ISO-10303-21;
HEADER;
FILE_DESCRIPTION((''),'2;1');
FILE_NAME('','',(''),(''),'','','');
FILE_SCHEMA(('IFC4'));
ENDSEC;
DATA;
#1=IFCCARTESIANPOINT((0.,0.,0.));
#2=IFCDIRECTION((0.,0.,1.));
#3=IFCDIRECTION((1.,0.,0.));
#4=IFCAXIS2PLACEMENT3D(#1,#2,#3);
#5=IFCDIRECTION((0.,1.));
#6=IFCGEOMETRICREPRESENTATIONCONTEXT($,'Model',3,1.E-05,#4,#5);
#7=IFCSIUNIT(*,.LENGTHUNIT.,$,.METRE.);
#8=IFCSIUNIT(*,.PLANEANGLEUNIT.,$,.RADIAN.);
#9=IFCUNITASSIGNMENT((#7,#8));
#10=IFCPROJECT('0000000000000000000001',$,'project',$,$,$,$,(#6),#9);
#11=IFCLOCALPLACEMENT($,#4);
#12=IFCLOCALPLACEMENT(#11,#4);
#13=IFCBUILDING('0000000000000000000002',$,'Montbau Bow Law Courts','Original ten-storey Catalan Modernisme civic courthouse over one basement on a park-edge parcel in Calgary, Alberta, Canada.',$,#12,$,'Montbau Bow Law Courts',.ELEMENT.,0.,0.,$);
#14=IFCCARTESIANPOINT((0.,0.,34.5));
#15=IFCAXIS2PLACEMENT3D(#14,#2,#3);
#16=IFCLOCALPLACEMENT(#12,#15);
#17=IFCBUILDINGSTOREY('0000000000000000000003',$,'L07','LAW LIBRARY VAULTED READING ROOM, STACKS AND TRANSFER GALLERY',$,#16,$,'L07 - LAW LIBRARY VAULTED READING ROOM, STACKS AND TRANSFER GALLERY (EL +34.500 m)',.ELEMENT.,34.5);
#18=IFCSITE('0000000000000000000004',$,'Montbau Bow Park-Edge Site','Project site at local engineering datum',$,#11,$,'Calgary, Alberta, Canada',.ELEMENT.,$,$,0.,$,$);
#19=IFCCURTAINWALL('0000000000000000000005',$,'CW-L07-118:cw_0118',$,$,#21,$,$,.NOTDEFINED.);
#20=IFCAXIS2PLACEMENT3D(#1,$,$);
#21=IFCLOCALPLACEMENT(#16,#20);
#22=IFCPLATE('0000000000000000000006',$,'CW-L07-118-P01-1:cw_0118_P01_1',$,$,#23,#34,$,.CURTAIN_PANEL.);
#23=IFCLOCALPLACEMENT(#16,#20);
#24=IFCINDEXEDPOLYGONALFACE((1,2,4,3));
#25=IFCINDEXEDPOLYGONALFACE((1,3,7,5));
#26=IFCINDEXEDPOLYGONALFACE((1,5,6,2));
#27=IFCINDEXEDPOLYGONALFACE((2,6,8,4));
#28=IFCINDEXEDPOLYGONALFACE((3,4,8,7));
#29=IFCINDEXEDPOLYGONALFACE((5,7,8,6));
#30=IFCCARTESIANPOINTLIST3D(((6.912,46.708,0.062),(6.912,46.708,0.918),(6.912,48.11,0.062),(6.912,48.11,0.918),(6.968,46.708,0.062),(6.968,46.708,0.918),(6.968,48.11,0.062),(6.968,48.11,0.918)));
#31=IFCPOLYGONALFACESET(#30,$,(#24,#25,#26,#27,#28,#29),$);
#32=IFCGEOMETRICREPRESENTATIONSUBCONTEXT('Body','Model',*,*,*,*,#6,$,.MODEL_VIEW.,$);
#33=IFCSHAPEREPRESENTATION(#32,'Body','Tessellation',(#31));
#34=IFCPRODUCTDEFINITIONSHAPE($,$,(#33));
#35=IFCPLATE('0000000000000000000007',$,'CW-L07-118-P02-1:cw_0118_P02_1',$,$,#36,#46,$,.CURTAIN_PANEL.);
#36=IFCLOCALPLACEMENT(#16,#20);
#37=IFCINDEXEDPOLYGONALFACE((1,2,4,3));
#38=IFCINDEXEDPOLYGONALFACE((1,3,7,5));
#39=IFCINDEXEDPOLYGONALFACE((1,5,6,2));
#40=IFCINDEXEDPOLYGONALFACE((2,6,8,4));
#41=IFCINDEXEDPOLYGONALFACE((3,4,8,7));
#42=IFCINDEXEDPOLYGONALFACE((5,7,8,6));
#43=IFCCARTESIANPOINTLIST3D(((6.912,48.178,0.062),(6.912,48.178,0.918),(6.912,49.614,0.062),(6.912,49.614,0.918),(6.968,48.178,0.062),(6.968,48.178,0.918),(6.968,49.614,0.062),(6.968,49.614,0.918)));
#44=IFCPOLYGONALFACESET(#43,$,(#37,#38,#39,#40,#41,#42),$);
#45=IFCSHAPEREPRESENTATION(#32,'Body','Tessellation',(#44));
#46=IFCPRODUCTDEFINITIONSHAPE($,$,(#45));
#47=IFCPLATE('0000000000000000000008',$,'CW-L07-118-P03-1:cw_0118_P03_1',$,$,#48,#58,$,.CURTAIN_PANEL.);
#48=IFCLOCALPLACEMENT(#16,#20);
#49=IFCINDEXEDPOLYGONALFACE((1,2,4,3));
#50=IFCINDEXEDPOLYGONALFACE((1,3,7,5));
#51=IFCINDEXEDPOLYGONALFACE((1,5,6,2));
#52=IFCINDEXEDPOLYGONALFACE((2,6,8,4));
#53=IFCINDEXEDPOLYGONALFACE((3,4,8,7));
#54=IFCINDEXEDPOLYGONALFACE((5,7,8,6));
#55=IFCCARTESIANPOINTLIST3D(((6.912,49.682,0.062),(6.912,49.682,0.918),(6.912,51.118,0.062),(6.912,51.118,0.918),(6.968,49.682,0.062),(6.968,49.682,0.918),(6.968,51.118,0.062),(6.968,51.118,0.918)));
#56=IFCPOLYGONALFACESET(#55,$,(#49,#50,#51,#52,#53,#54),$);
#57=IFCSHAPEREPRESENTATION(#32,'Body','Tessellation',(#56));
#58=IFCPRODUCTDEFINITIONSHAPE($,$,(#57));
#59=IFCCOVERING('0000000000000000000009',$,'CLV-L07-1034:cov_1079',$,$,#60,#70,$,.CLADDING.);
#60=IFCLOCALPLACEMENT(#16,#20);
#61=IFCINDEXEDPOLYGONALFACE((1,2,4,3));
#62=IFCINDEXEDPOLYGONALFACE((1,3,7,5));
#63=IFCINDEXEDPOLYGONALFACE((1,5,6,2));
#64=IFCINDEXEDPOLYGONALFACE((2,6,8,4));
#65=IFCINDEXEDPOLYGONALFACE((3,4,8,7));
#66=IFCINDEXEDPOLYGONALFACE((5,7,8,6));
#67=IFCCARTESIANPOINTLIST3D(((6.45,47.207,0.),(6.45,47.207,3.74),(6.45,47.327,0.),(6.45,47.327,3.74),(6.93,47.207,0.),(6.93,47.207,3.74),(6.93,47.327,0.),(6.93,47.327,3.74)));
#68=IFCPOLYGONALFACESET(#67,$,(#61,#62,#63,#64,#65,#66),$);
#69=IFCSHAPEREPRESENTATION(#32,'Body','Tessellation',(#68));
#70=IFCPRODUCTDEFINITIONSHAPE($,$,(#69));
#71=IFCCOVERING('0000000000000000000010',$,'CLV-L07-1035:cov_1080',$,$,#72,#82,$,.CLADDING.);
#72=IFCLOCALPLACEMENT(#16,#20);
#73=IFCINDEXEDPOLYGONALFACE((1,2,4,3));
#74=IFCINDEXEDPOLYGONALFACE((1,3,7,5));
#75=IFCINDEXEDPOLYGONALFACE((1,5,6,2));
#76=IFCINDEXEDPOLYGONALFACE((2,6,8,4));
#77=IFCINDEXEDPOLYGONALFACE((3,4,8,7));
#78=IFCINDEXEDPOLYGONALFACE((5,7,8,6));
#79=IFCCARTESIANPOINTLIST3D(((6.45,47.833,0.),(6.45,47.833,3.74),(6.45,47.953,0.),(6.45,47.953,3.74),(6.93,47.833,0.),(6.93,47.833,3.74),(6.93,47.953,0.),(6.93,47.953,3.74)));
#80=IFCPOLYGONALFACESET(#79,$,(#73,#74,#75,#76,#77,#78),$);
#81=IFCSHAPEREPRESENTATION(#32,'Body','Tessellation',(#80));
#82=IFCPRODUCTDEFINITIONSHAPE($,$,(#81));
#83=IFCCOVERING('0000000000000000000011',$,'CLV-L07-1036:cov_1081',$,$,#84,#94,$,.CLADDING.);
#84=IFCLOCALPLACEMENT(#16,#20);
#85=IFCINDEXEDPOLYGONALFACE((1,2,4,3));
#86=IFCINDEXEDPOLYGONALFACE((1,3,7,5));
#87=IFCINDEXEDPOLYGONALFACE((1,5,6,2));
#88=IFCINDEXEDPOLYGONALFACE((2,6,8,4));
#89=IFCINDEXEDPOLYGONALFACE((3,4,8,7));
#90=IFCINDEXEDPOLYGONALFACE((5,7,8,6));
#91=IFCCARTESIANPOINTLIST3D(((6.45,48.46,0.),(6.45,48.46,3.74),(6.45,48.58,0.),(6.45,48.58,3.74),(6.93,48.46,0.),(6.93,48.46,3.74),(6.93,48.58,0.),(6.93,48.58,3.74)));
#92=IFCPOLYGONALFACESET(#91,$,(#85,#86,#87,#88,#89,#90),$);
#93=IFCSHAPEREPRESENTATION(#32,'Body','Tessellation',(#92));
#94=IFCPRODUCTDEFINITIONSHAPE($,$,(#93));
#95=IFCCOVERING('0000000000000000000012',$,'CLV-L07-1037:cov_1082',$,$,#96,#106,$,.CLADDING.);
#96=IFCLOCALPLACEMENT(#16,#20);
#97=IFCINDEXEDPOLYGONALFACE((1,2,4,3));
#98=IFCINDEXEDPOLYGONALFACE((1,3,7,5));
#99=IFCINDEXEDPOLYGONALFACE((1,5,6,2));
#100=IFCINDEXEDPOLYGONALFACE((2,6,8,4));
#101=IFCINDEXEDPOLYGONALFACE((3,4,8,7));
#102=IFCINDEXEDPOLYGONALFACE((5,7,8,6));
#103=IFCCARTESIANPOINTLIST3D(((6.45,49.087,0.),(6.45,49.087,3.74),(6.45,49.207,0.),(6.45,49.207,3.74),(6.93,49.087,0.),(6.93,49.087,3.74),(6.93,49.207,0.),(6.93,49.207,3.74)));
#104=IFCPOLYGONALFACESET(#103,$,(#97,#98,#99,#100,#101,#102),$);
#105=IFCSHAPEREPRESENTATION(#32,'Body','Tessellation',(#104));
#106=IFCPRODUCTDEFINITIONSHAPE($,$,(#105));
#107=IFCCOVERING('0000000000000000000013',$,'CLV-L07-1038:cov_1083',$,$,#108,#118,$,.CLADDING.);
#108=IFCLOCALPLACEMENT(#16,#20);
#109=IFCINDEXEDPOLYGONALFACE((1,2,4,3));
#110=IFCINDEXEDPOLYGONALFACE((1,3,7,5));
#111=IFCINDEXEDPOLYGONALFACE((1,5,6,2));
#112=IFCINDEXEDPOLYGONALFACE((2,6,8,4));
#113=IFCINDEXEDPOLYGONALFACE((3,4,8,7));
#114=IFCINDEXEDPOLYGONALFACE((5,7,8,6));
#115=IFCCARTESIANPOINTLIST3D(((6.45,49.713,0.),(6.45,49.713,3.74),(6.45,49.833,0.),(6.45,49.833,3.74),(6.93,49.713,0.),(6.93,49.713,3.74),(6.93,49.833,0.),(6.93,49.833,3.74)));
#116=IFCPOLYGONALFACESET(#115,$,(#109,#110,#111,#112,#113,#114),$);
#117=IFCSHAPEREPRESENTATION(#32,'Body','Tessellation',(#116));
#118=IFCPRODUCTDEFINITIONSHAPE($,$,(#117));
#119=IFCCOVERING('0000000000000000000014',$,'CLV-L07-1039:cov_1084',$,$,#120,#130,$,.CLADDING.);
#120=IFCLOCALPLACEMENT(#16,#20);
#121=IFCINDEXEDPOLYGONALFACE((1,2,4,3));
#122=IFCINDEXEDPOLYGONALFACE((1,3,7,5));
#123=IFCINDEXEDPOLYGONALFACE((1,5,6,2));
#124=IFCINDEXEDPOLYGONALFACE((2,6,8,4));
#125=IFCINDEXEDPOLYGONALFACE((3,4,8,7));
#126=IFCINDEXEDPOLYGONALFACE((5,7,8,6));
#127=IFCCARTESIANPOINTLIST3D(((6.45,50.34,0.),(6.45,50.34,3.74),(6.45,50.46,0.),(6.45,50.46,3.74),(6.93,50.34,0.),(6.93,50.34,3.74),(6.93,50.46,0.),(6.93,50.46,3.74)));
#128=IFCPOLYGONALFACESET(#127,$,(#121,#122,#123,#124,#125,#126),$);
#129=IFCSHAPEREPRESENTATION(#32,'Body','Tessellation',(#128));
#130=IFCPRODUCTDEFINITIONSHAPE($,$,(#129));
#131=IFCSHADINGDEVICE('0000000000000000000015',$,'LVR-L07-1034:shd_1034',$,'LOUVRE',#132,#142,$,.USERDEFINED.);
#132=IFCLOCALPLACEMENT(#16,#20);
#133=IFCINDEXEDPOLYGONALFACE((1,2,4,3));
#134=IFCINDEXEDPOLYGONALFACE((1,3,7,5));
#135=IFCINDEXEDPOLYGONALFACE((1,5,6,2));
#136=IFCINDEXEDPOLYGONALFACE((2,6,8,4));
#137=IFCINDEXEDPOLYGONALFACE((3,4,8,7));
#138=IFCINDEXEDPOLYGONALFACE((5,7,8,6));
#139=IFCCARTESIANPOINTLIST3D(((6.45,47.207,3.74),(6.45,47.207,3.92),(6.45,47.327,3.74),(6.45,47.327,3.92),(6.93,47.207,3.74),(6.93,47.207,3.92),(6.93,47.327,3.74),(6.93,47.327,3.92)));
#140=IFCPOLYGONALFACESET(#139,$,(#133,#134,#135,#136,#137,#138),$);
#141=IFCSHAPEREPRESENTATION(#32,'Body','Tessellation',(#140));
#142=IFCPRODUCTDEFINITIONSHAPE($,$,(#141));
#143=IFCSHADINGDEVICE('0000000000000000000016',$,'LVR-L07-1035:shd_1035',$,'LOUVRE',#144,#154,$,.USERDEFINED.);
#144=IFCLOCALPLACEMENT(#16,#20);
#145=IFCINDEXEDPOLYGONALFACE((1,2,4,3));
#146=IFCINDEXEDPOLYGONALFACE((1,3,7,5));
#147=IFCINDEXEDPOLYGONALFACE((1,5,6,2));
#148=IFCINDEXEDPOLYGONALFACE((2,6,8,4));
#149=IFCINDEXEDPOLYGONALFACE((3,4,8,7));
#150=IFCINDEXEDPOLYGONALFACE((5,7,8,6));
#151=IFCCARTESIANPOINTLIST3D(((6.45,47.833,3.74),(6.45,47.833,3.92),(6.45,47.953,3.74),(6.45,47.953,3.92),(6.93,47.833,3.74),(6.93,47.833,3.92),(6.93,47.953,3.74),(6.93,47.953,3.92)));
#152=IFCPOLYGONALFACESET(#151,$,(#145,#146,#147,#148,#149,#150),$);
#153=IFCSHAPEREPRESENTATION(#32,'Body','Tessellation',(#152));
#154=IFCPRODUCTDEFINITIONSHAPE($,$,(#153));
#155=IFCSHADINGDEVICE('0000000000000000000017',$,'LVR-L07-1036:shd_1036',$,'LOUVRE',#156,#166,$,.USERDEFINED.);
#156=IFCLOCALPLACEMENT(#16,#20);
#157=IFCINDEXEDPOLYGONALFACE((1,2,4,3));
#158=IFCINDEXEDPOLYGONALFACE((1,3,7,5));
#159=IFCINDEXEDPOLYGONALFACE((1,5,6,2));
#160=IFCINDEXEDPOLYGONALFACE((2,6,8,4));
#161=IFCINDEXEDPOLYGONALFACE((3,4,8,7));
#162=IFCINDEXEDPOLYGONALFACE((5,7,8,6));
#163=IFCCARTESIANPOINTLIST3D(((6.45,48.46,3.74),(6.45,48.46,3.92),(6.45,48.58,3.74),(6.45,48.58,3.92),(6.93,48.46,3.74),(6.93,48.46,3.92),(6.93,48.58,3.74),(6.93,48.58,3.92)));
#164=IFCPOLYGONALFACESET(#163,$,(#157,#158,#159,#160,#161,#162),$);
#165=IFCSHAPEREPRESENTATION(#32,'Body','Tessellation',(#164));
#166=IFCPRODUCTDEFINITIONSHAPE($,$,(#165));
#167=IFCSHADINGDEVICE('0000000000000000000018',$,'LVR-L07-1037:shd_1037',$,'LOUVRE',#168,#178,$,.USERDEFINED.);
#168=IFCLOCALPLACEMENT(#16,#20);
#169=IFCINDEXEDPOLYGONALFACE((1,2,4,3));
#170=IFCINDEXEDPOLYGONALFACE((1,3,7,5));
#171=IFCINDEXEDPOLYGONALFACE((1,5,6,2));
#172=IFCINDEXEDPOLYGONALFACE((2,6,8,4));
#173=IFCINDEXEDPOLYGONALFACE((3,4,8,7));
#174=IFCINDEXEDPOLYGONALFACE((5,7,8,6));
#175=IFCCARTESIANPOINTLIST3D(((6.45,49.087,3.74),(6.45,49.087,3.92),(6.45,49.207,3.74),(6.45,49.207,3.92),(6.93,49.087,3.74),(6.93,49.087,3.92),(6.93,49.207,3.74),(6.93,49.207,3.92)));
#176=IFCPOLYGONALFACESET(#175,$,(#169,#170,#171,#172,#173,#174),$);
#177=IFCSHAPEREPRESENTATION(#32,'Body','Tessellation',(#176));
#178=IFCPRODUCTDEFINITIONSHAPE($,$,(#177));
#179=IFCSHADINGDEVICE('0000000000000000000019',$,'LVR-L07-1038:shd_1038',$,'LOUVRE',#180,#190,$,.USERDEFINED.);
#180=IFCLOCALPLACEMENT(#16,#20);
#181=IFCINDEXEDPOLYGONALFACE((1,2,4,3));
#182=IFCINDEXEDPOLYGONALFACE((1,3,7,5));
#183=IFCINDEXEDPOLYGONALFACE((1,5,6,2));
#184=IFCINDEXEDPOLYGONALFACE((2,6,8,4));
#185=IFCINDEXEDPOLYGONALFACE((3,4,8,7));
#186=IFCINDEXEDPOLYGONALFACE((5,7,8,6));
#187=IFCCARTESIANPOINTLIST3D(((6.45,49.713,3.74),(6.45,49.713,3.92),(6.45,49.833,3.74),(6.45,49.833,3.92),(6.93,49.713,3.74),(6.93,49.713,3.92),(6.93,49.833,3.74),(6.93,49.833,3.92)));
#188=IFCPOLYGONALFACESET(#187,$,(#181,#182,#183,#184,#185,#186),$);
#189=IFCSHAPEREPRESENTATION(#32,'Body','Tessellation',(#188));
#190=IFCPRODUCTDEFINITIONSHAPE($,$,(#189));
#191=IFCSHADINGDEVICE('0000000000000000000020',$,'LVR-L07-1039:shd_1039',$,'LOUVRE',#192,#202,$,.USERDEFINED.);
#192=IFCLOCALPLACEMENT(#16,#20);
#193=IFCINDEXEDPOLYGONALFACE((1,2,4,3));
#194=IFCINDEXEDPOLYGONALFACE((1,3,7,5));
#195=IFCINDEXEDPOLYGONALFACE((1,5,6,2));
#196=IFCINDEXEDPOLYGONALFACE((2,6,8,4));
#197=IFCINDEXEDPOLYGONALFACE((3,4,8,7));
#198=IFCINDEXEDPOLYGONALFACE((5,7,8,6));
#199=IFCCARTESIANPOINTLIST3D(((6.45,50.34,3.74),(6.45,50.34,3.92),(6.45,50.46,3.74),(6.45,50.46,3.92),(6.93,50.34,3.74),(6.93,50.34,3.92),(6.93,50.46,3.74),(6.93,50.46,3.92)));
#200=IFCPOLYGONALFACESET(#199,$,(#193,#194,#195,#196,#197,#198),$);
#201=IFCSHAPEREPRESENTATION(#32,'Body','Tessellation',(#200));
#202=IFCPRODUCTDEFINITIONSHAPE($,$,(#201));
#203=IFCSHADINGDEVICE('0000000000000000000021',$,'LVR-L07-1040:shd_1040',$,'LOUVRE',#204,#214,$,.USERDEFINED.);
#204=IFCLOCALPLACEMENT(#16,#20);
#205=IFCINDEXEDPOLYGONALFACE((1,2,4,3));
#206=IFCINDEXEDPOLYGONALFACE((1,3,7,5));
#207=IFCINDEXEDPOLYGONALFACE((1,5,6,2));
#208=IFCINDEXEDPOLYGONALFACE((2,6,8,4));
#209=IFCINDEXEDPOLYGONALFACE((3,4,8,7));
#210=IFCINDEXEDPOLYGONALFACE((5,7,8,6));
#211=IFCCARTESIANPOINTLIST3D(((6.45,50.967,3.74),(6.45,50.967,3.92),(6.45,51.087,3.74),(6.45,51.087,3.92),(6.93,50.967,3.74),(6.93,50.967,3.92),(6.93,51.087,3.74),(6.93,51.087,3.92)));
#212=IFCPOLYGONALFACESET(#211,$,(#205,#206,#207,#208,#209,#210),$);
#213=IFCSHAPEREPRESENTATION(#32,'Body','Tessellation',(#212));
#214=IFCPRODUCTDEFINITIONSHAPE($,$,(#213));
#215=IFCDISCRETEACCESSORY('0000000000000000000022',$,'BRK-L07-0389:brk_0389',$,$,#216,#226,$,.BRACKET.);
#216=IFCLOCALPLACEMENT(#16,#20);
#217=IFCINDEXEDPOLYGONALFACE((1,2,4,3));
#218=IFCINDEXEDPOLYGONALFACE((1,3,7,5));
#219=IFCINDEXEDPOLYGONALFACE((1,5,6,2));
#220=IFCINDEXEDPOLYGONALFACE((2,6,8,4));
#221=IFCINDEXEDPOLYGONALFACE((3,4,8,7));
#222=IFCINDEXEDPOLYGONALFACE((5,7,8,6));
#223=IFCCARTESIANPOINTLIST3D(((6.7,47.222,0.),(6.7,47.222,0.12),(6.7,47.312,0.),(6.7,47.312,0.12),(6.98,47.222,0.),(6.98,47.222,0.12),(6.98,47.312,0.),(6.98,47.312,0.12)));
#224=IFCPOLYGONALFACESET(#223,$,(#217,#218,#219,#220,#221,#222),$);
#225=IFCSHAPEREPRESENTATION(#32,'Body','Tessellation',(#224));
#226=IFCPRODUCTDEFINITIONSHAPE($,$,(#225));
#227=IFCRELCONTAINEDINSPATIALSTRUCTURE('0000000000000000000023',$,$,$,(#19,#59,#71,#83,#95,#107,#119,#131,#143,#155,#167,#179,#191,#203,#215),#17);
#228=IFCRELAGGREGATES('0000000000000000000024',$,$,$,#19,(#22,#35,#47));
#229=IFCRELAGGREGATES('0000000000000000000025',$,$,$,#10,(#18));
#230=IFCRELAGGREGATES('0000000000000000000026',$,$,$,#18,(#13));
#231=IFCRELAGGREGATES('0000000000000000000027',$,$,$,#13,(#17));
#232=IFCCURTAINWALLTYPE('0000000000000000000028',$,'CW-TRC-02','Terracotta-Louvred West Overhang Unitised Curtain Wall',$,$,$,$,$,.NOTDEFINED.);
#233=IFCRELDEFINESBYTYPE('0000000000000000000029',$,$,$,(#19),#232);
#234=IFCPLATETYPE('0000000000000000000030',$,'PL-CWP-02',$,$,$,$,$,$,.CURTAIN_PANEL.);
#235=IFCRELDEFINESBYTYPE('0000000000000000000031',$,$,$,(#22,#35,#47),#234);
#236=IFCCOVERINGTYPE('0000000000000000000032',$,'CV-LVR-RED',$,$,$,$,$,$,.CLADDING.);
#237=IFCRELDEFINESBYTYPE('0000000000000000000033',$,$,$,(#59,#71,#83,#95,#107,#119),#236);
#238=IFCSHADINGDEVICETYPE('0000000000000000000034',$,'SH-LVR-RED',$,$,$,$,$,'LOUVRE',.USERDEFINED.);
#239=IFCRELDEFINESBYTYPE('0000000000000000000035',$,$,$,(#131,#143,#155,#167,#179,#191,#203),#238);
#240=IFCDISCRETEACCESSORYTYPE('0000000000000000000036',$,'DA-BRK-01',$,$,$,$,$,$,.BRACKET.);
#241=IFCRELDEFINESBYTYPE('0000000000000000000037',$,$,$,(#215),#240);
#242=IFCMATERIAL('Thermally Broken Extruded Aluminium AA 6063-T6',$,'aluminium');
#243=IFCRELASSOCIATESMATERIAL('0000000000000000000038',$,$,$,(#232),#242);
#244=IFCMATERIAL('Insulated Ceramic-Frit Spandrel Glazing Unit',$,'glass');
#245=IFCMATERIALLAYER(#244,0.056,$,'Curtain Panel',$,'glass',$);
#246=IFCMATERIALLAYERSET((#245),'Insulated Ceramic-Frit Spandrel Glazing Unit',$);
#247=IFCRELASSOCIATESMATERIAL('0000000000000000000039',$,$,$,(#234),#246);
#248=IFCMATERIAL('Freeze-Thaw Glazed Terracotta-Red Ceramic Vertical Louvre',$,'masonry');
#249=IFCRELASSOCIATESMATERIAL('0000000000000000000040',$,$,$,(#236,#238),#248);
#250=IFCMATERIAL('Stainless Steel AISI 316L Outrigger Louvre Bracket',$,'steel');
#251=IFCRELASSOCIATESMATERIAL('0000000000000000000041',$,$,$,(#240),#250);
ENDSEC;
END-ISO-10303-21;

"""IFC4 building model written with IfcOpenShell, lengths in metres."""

from ifc_helpers import new_model, si_unit, direction, frame, frame_2d, origin_with_axes, origin_2d_with_axis, place, context, subcontext, project, spatial, rectangle, extrude, material, layer, layer_set, type_object, element, aggregate, save


model = new_model("IFC4")

# Units and contexts
model_context = context("Model", 3, precision=1e-05, world=origin_with_axes(), true_north=direction((0.0, 1.0)))
body_context = subcontext(model_context, "Body", "Model", "MODEL_VIEW")
ifc_project = project(units=[si_unit("LENGTHUNIT", "METRE"), si_unit("PLANEANGLEUNIT", "RADIAN")], contexts=[model_context])

# Site, building, storey
site_placement = place(None, origin_with_axes())
site = spatial("IfcSite", under=ifc_project, at=site_placement, Name="Montbau Bow Park-Edge Site", Description="Project site at local engineering datum", LongName="Calgary, Alberta, Canada", CompositionType="ELEMENT", RefElevation=0.0)
building_placement = place(site_placement, origin_with_axes())
building = spatial("IfcBuilding", under=site, at=building_placement, Name="Montbau Bow Law Courts", Description="Original ten-storey Catalan Modernisme civic courthouse over one basement on a park-edge parcel in Calgary, Alberta, Canada.", LongName="Montbau Bow Law Courts", CompositionType="ELEMENT", ElevationOfRefHeight=0.0, ElevationOfTerrain=0.0)
storey_placement = place(building_placement, frame((0.0, 0.0, 34.5), z_axis=(0.0, 0.0, 1.0), x_axis=(1.0, 0.0, 0.0)))
storey = spatial("IfcBuildingStorey", under=building, at=storey_placement, Name="L07", Description="LAW LIBRARY VAULTED READING ROOM, STACKS AND TRANSFER GALLERY", LongName="L07 - LAW LIBRARY VAULTED READING ROOM, STACKS AND TRANSFER GALLERY (EL +34.500 m)", CompositionType="ELEMENT", Elevation=34.5)

# Curtain wall, plates
ifc_material_1 = material(Name="Thermally Broken Extruded Aluminium AA 6063-T6", Category="aluminium")
curtain_wall_type = type_object("IfcCurtainWallType", Name="CW-TRC-02", Description="Terracotta-Louvred West Overhang Unitised Curtain Wall", PredefinedType="NOTDEFINED", material=ifc_material_1)
curtain_wall_placement = place(None, frame((6.94, 46.64, 34.5), z_axis=(0.0, 0.0, 1.0), x_axis=(1.0, 0.0, 0.0)))
curtain_wall = element("IfcCurtainWall", 1, at=curtain_wall_placement, inside=storey, type_object=curtain_wall_type, Name="CW-L07-118:cw_0118", PredefinedType="NOTDEFINED")
ifc_material_2 = material(Name="Insulated Ceramic-Frit Spandrel Glazing Unit", Category="glass")
ifc_layer_1 = layer(ifc_material_2, 0.056, Name="Curtain Panel", Category="glass")
ifc_layer_set_1 = layer_set([ifc_layer_1], Name="Insulated Ceramic-Frit Spandrel Glazing Unit")
plate_type_1 = type_object("IfcPlateType", Name="PL-CWP-02", PredefinedType="CURTAIN_PANEL", material=ifc_layer_set_1)
plate_1_placement = place(None, frame((6.94, 46.708, 34.562), z_axis=(1.0, 0.0, 0.0), x_axis=(0.0, 1.0, 0.0)))
plate_1 = element("IfcPlate", 2, at=plate_1_placement, type_object=plate_type_1, Name="CW-L07-118-P01-1:cw_0118_P01_1", PredefinedType="CURTAIN_PANEL", context=body_context, shape_type="SweptSolid", body=[
    extrude(rectangle(XDim=1.402, YDim=0.856, at=frame_2d((0.701, 0.428), x_axis=(1.0, 0.0))), frame((0.0, 0.0, -0.028), z_axis=(0.0, 0.0, 1.0), x_axis=(1.0, 0.0, 0.0)), (0.0, 0.0, 1.0), 0.056),
])
plate_2_placement = place(None, frame((6.94, 48.178, 34.562), z_axis=(1.0, 0.0, 0.0), x_axis=(0.0, 1.0, 0.0)))
plate_2 = element("IfcPlate", 3, at=plate_2_placement, type_object=plate_type_1, Name="CW-L07-118-P02-1:cw_0118_P02_1", PredefinedType="CURTAIN_PANEL", context=body_context, shape_type="SweptSolid", body=[
    extrude(rectangle(XDim=1.436, YDim=0.856, at=frame_2d((0.718, 0.428), x_axis=(1.0, 0.0))), frame((0.0, 0.0, -0.028), z_axis=(0.0, 0.0, 1.0), x_axis=(1.0, 0.0, 0.0)), (0.0, 0.0, 1.0), 0.056),
])
plate_3_placement = place(None, frame((6.94, 49.682, 34.562), z_axis=(1.0, 0.0, 0.0), x_axis=(0.0, 1.0, 0.0)))
plate_3 = element("IfcPlate", 4, at=plate_3_placement, type_object=plate_type_1, Name="CW-L07-118-P03-1:cw_0118_P03_1", PredefinedType="CURTAIN_PANEL", context=body_context, shape_type="SweptSolid", body=[
    extrude(rectangle(XDim=1.436, YDim=0.856, at=frame_2d((0.718, 0.428), x_axis=(1.0, 0.0))), frame((0.0, 0.0, -0.028), z_axis=(0.0, 0.0, 1.0), x_axis=(1.0, 0.0, 0.0)), (0.0, 0.0, 1.0), 0.056),
])
aggregate(curtain_wall, [plate_1, plate_2, plate_3])

# Coverings
ifc_material_3 = material(Name="Freeze-Thaw Glazed Terracotta-Red Ceramic Vertical Louvre", Category="masonry")
covering_type = type_object("IfcCoveringType", Name="CV-LVR-RED", PredefinedType="CLADDING", material=ifc_material_3)
for number, where, z_axis, x_axis, name in (
    (5, (6.93, 47.267, 34.5), (0.0, 1.0, 0.0), (-1.0, 0.0, 0.0), "CLV-L07-1034:cov_1079"),
    (6, (6.93, 47.893, 34.5), (0.0, 1.0, 0.0), (-1.0, 0.0, 0.0), "CLV-L07-1035:cov_1080"),
    (7, (6.93, 48.52, 34.5), (0.0, 1.0, 0.0), (-1.0, 0.0, 0.0), "CLV-L07-1036:cov_1081"),
    (8, (6.93, 49.147, 34.5), (0.0, 1.0, 0.0), (-1.0, 0.0, 0.0), "CLV-L07-1037:cov_1082"),
    (9, (6.93, 49.773, 34.5), (0.0, 1.0, 0.0), (-1.0, 0.0, 0.0), "CLV-L07-1038:cov_1083"),
    (10, (6.93, 50.4, 34.5), (0.0, 1.0, 0.0), (-1.0, 0.0, 0.0), "CLV-L07-1039:cov_1084"),
):
    element("IfcCovering", number, at=place(None, frame(where, z_axis=z_axis, x_axis=x_axis)), inside=storey, type_object=covering_type, Name=name, PredefinedType="CLADDING", context=body_context, shape_type="SweptSolid", body=[
        extrude(rectangle(XDim=0.48, YDim=3.74, at=frame_2d((0.24, 1.87), x_axis=(1.0, 0.0))), frame((0.0, 0.0, -0.06), z_axis=(0.0, 0.0, 1.0), x_axis=(1.0, 0.0, 0.0)), (0.0, 0.0, 1.0), 0.12),
    ])

# Shading devices
shading_device_type = type_object("IfcShadingDeviceType", Name="SH-LVR-RED", ElementType="LOUVRE", PredefinedType="USERDEFINED", material=ifc_material_3)
for number, where, z_axis, x_axis, name in (
    (11, (6.69, 47.267, 38.24), (0.0, 0.0, 1.0), (-1.0, 0.0, 0.0), "LVR-L07-1034:shd_1034"),
    (12, (6.69, 47.893, 38.24), (0.0, 0.0, 1.0), (-1.0, 0.0, 0.0), "LVR-L07-1035:shd_1035"),
    (13, (6.69, 48.52, 38.24), (0.0, 0.0, 1.0), (-1.0, 0.0, 0.0), "LVR-L07-1036:shd_1036"),
    (14, (6.69, 49.147, 38.24), (0.0, 0.0, 1.0), (-1.0, 0.0, 0.0), "LVR-L07-1037:shd_1037"),
    (15, (6.69, 49.773, 38.24), (0.0, 0.0, 1.0), (-1.0, 0.0, 0.0), "LVR-L07-1038:shd_1038"),
    (16, (6.69, 50.4, 38.24), (0.0, 0.0, 1.0), (-1.0, 0.0, 0.0), "LVR-L07-1039:shd_1039"),
    (17, (6.69, 51.027, 38.24), (0.0, 0.0, 1.0), (-1.0, 0.0, 0.0), "LVR-L07-1040:shd_1040"),
):
    element("IfcShadingDevice", number, at=place(None, frame(where, z_axis=z_axis, x_axis=x_axis)), inside=storey, type_object=shading_device_type, Name=name, ObjectType="LOUVRE", PredefinedType="USERDEFINED", context=body_context, shape_type="SweptSolid", body=[
        extrude(rectangle(XDim=0.48, YDim=0.12, at=origin_2d_with_axis()), origin_with_axes(), (0.0, 0.0, 1.0), 0.18),
    ])

# Discrete accessory
ifc_material_4 = material(Name="Stainless Steel AISI 316L Outrigger Louvre Bracket", Category="steel")
discrete_accessory_type = type_object("IfcDiscreteAccessoryType", Name="DA-BRK-01", PredefinedType="BRACKET", material=ifc_material_4)
for number, where, z_axis, x_axis, name in (
    (18, (6.84, 47.267, 34.5), (0.0, 0.0, 1.0), (-1.0, 0.0, 0.0), "BRK-L07-0389:brk_0389"),
):
    element("IfcDiscreteAccessory", number, at=place(None, frame(where, z_axis=z_axis, x_axis=x_axis)), inside=storey, type_object=discrete_accessory_type, Name=name, PredefinedType="BRACKET", context=body_context, shape_type="SweptSolid", body=[
        extrude(rectangle(XDim=0.28, YDim=0.09, at=origin_2d_with_axis()), origin_with_axes(), (0.0, 0.0, 1.0), 0.12),
    ])

save(model, "model.ifc")
